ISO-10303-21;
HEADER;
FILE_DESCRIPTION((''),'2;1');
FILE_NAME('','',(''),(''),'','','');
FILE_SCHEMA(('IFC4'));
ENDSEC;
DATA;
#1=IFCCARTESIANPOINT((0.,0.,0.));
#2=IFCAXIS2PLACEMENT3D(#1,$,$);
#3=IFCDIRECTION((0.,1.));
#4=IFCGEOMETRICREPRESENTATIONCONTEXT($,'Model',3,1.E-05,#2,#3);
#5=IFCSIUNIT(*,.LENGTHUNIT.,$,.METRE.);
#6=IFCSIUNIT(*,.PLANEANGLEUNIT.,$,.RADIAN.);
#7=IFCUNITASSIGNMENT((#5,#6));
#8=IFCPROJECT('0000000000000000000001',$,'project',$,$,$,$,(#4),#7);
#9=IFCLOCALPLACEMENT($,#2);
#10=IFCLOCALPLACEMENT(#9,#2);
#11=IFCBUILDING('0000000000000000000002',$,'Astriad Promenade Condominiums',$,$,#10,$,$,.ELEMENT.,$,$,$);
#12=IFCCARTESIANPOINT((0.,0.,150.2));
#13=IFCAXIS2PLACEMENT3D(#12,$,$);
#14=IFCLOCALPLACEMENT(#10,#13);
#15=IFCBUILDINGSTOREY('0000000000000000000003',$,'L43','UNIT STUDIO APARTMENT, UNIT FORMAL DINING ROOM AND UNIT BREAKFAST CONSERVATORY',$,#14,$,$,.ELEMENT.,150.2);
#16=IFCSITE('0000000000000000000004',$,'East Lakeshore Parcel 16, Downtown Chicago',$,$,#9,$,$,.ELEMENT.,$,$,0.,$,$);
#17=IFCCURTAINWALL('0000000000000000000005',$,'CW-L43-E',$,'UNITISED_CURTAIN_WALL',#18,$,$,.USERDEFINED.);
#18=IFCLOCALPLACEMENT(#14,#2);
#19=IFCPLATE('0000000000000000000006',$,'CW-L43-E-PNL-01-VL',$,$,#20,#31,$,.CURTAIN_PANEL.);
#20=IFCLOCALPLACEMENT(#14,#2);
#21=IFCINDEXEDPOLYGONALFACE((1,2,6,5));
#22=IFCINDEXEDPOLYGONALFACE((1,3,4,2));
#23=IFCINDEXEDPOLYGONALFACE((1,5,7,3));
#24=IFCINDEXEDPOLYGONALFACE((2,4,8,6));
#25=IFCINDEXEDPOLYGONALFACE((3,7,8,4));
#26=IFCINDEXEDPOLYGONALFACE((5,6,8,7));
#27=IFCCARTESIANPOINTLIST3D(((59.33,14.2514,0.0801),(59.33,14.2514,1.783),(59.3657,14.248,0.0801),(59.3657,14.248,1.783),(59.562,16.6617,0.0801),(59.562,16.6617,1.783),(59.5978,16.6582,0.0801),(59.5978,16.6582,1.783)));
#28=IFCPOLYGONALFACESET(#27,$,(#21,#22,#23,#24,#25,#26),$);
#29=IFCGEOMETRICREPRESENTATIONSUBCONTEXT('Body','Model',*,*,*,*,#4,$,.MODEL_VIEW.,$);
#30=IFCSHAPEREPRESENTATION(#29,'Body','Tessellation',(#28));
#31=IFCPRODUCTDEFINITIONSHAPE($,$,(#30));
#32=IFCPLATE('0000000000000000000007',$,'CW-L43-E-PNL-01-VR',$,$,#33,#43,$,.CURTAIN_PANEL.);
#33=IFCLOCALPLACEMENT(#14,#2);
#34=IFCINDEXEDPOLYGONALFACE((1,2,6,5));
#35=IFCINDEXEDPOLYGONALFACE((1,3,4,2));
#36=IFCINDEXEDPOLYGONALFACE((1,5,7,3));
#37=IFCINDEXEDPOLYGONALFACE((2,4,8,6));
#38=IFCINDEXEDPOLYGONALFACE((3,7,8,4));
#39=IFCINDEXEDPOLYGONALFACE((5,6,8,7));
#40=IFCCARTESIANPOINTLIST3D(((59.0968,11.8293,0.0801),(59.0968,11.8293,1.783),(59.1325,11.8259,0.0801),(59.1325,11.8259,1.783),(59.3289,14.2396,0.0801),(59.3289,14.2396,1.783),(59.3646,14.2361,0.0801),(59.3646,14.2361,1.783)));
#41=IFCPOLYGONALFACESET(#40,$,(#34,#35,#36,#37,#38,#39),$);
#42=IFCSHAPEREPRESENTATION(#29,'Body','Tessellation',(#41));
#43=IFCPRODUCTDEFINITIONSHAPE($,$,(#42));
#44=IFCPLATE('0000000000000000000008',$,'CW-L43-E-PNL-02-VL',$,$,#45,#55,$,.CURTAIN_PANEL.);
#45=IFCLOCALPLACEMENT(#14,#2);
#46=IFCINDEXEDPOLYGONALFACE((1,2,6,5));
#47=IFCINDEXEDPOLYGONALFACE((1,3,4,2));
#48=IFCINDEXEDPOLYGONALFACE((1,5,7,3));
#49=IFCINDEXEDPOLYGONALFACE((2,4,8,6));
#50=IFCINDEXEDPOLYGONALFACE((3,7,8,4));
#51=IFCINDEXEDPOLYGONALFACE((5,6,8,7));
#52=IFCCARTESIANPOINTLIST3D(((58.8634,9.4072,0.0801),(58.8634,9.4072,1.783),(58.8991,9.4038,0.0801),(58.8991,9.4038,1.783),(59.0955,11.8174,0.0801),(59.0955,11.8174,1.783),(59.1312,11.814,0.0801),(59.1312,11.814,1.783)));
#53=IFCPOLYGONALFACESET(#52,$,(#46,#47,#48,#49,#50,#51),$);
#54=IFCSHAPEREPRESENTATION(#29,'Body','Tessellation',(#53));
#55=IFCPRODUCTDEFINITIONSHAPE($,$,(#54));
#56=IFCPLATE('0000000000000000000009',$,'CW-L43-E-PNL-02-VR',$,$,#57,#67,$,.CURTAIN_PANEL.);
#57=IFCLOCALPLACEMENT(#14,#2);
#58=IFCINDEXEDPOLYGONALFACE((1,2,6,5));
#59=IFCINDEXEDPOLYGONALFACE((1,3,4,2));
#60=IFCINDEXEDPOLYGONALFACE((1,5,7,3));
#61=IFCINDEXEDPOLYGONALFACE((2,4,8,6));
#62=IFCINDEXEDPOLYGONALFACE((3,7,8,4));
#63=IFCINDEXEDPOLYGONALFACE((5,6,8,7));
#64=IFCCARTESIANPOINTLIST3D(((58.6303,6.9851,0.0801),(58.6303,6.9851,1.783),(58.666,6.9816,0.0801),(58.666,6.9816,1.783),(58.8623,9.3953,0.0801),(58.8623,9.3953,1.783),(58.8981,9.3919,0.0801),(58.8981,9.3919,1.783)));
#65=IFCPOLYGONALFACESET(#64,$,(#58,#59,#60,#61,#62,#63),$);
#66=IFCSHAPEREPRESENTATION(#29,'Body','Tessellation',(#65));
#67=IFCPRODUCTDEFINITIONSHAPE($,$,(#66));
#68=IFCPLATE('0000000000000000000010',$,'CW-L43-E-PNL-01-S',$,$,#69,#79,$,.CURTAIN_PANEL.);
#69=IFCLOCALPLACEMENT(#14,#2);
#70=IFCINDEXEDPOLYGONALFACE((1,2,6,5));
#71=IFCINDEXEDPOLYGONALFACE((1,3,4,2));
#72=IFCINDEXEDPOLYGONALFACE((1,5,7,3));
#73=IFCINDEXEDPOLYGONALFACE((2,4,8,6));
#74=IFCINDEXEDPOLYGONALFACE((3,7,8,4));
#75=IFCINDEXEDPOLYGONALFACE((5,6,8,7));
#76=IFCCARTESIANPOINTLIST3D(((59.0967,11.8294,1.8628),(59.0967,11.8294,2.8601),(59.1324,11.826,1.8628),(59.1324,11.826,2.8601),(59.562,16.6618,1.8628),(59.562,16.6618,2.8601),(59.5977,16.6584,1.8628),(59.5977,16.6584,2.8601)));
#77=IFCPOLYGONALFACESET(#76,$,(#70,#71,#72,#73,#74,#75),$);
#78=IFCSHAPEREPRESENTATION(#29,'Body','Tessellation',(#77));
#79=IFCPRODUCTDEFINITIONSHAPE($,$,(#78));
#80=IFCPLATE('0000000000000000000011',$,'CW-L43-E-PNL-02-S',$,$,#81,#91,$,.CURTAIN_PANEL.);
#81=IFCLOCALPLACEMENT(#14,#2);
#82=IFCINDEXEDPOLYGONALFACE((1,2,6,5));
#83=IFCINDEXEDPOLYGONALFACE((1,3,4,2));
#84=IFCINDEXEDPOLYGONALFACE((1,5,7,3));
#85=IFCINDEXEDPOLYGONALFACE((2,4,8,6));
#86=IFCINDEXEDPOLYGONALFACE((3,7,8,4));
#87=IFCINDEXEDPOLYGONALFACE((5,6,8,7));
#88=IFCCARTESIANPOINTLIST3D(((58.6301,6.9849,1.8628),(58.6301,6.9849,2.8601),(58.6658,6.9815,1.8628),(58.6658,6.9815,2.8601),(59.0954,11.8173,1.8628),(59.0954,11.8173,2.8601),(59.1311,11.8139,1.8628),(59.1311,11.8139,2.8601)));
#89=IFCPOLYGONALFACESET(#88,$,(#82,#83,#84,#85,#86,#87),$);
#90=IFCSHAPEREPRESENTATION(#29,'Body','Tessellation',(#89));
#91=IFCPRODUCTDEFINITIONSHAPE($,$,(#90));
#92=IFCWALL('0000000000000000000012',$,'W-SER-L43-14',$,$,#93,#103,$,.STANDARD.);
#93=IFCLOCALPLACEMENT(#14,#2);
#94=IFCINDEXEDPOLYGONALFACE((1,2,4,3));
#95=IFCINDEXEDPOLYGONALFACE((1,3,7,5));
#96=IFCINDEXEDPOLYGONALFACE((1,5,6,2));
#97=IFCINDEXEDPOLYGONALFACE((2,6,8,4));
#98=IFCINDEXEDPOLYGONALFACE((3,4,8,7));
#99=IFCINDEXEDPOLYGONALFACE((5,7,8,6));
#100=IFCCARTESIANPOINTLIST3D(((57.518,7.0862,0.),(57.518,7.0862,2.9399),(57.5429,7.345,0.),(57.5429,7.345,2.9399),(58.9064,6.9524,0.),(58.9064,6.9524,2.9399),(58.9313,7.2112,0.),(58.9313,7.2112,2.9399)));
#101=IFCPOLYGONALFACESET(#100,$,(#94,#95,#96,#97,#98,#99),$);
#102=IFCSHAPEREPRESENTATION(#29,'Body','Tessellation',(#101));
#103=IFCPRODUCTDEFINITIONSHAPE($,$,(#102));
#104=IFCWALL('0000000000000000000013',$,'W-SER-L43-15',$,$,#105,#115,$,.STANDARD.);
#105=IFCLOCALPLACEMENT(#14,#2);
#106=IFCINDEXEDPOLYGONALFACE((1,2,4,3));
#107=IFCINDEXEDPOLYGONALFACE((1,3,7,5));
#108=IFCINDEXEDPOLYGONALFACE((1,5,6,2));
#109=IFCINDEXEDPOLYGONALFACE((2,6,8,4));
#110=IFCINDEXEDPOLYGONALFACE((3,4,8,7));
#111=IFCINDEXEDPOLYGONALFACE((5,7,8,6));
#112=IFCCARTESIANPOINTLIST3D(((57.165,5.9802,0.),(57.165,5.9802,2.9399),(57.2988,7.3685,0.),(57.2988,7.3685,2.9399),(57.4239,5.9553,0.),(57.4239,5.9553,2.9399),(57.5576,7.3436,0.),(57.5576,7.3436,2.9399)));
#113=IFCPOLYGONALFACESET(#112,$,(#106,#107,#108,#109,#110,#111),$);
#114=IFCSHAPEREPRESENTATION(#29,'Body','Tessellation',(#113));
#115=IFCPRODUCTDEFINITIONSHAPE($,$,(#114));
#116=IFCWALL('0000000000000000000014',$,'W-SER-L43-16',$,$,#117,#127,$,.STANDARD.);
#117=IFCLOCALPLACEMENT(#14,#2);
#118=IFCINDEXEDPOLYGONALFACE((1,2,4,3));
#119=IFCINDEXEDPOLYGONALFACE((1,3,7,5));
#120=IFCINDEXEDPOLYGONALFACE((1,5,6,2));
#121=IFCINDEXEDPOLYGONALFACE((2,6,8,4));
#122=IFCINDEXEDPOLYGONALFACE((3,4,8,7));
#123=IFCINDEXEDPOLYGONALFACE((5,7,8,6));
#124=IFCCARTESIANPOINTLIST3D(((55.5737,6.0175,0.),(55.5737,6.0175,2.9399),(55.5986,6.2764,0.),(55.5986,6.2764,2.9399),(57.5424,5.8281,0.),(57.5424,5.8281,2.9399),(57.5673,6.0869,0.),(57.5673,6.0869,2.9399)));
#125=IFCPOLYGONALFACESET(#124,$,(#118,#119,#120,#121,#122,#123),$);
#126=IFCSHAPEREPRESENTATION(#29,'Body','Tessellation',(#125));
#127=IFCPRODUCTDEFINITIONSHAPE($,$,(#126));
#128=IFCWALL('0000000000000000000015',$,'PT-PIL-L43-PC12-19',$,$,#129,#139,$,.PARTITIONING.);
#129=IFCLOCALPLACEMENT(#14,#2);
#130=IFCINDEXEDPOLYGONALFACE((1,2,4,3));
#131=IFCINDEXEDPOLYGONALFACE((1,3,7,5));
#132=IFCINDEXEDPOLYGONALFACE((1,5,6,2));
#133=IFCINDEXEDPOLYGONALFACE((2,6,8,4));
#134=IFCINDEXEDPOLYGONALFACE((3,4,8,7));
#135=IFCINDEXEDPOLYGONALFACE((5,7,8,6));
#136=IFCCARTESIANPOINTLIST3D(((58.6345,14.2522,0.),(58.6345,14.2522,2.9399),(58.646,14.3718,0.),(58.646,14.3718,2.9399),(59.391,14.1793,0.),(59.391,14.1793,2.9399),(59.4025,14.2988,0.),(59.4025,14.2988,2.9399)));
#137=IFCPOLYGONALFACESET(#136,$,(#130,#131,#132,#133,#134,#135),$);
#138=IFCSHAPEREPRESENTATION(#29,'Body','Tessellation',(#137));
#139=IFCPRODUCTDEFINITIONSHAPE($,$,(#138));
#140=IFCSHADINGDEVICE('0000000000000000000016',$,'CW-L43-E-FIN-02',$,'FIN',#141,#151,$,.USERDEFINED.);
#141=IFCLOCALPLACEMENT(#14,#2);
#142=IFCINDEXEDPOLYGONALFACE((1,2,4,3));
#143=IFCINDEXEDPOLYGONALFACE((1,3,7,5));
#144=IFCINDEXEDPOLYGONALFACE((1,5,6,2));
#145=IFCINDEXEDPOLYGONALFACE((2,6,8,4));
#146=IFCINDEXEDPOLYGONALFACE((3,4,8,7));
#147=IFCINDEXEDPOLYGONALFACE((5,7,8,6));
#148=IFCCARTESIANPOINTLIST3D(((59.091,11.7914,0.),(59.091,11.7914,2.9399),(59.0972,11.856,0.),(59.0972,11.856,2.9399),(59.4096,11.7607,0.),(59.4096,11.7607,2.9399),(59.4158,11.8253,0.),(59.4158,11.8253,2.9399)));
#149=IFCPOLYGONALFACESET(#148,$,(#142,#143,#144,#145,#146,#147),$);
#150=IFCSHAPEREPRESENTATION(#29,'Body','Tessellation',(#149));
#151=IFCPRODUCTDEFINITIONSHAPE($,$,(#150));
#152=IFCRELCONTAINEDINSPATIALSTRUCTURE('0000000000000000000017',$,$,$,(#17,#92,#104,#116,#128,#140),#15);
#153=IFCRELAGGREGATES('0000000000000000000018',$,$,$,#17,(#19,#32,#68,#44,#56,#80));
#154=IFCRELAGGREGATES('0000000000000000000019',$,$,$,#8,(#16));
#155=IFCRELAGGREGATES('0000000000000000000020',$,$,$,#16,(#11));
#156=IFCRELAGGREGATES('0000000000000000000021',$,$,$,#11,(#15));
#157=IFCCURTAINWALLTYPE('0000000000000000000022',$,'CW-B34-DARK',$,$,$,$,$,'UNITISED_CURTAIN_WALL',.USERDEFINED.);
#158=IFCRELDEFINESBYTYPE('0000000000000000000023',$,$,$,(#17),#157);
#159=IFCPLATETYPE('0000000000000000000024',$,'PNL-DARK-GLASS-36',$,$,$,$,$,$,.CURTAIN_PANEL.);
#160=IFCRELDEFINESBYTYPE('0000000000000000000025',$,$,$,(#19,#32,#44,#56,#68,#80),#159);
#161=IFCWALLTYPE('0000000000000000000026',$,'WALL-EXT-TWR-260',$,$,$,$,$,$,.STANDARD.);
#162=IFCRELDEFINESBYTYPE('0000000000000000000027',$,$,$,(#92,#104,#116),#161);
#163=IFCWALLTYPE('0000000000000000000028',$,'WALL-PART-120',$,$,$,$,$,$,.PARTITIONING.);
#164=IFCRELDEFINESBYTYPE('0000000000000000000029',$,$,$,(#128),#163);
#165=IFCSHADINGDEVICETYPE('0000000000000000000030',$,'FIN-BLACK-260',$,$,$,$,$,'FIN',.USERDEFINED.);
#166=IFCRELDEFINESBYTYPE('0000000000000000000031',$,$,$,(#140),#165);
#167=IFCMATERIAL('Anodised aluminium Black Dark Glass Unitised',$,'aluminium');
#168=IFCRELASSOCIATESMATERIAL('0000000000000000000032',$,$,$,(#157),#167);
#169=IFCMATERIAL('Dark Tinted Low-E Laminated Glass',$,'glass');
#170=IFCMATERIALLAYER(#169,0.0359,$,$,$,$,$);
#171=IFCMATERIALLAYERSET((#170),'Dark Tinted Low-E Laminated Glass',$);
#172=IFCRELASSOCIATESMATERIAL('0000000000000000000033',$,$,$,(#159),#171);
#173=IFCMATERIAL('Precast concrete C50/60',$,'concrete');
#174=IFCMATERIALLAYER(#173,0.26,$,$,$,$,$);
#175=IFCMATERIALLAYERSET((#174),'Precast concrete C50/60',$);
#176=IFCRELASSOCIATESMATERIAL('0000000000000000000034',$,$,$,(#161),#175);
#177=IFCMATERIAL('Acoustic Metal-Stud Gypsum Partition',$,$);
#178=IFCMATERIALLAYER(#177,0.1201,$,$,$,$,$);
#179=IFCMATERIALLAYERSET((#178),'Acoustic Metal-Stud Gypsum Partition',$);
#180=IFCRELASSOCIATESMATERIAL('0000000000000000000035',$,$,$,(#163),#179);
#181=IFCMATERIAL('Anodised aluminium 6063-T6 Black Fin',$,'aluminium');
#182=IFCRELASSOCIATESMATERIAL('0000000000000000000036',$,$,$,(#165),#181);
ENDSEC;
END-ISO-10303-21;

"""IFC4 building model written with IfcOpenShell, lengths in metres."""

from ifc_helpers import new_model, si_unit, direction, frame, frame_2d, origin, origin_2d, place, context, subcontext, project, spatial, rectangle, extrude, source, transform, mapped, material, layer, layer_set, type_object, type_shapes, element, aggregate, save


model = new_model("IFC4")

# Units and contexts
model_context = context("Model", 3, precision=1e-05, world=origin(), true_north=direction((0.0, 1.0)))
body_context = subcontext(model_context, "Body", "Model", "MODEL_VIEW")
ifc_project = project(units=[si_unit("LENGTHUNIT", "METRE"), si_unit("PLANEANGLEUNIT", "RADIAN")], contexts=[model_context])

# Site, building, storey
site_placement = place(None, origin())
site = spatial("IfcSite", under=ifc_project, at=site_placement, Name="East Lakeshore Parcel 16, Downtown Chicago", CompositionType="ELEMENT", RefElevation=0.0)
building_placement = place(site_placement, origin())
building = spatial("IfcBuilding", under=site, at=building_placement, Name="Astriad Promenade Condominiums", CompositionType="ELEMENT")
storey_placement = place(building_placement, frame((0.0, 0.0, 150.2)))
storey = spatial("IfcBuildingStorey", under=building, at=storey_placement, Name="L43", Description="UNIT STUDIO APARTMENT, UNIT FORMAL DINING ROOM AND UNIT BREAKFAST CONSERVATORY", CompositionType="ELEMENT", Elevation=150.2)

# Curtain wall, plates
ifc_material_1 = material(Name="Anodised aluminium Black Dark Glass Unitised", Category="aluminium")
curtain_wall_type = type_object("IfcCurtainWallType", Name="CW-B34-DARK", ElementType="UNITISED_CURTAIN_WALL", PredefinedType="USERDEFINED", material=ifc_material_1)
curtain_wall_placement = place(storey_placement, origin())
curtain_wall = element("IfcCurtainWall", 1, at=curtain_wall_placement, inside=storey, type_object=curtain_wall_type, Name="CW-L43-E", ObjectType="UNITISED_CURTAIN_WALL", PredefinedType="USERDEFINED")
ifc_material_2 = material(Name="Dark Tinted Low-E Laminated Glass", Category="glass")
ifc_layer_1 = layer(ifc_material_2, 0.0359)
ifc_layer_set_1 = layer_set([ifc_layer_1], Name="Dark Tinted Low-E Laminated Glass")
plate_type = type_object("IfcPlateType", Name="PNL-DARK-GLASS-36", PredefinedType="CURTAIN_PANEL", material=ifc_layer_set_1)
shared_shape_1 = source(origin(), body_context, "Body", "SweptSolid", [
    extrude(rectangle(XDim=2.4214, YDim=0.0359, at=origin_2d()), origin(), (0.0, 0.0, 1.0), 1.7029),
])
plate_1_placement = place(storey_placement, frame((59.4639, 15.4548, 0.0801), z_axis=(0.0, 0.0, 1.0), x_axis=(-0.095846, -0.995396, 0.0)))
plate_1 = element("IfcPlate", 2, at=plate_1_placement, type_object=plate_type, Name="CW-L43-E-PNL-01-VL", PredefinedType="CURTAIN_PANEL", context=body_context, shape_type="MappedRepresentation", body=[
    mapped(shared_shape_1, transform((0.0, 0.0, 0.0), scale=1.0)),
])
plate_2_placement = place(storey_placement, frame((59.2307, 13.0327, 0.0801), z_axis=(0.0, 0.0, 1.0), x_axis=(-0.095846, -0.995396, 0.0)))
plate_2 = element("IfcPlate", 3, at=plate_2_placement, type_object=plate_type, Name="CW-L43-E-PNL-01-VR", PredefinedType="CURTAIN_PANEL", context=body_context, shape_type="MappedRepresentation", body=[
    mapped(shared_shape_1, transform((0.0, 0.0, 0.0), scale=1.0)),
])
plate_3_placement = place(storey_placement, frame((58.9973, 10.6106, 0.0801), z_axis=(0.0, 0.0, 1.0), x_axis=(-0.095846, -0.995396, 0.0)))
plate_3 = element("IfcPlate", 4, at=plate_3_placement, type_object=plate_type, Name="CW-L43-E-PNL-02-VL", PredefinedType="CURTAIN_PANEL", context=body_context, shape_type="MappedRepresentation", body=[
    mapped(shared_shape_1, transform((0.0, 0.0, 0.0), scale=1.0)),
])
plate_4_placement = place(storey_placement, frame((58.7642, 8.1885, 0.0801), z_axis=(0.0, 0.0, 1.0), x_axis=(-0.095846, -0.995396, 0.0)))
plate_4 = element("IfcPlate", 5, at=plate_4_placement, type_object=plate_type, Name="CW-L43-E-PNL-02-VR", PredefinedType="CURTAIN_PANEL", context=body_context, shape_type="MappedRepresentation", body=[
    mapped(shared_shape_1, transform((0.0, 0.0, 0.0), scale=1.0)),
])
shared_shape_2 = source(origin(), body_context, "Body", "SweptSolid", [
    extrude(rectangle(XDim=4.8547, YDim=0.0359, at=origin_2d()), origin(), (0.0, 0.0, 1.0), 0.9973),
])
type_shapes(plate_type, [shared_shape_1, shared_shape_2])
plate_5_placement = place(storey_placement, frame((59.3472, 14.2439, 1.8628), z_axis=(0.0, 0.0, 1.0), x_axis=(-0.095846, -0.995396, 0.0)))
plate_5 = element("IfcPlate", 6, at=plate_5_placement, type_object=plate_type, Name="CW-L43-E-PNL-01-S", PredefinedType="CURTAIN_PANEL", context=body_context, shape_type="MappedRepresentation", body=[
    mapped(shared_shape_2, transform((0.0, 0.0, 0.0), scale=1.0)),
])
plate_6_placement = place(storey_placement, frame((58.8806, 9.3994, 1.8628), z_axis=(0.0, 0.0, 1.0), x_axis=(-0.095846, -0.995396, 0.0)))
plate_6 = element("IfcPlate", 7, at=plate_6_placement, type_object=plate_type, Name="CW-L43-E-PNL-02-S", PredefinedType="CURTAIN_PANEL", context=body_context, shape_type="MappedRepresentation", body=[
    mapped(shared_shape_2, transform((0.0, 0.0, 0.0), scale=1.0)),
])
aggregate(curtain_wall, [plate_1, plate_2, plate_5, plate_3, plate_4, plate_6])

# Walls
ifc_material_3 = material(Name="Precast concrete C50/60", Category="concrete")
ifc_layer_2 = layer(ifc_material_3, 0.26)
ifc_layer_set_2 = layer_set([ifc_layer_2], Name="Precast concrete C50/60")
wall_type_1 = type_object("IfcWallType", Name="WALL-EXT-TWR-260", PredefinedType="STANDARD", material=ifc_layer_set_2)
for number, where, z_axis, x_axis, name in (
    (8, (58.9187, 7.0818, 0.0), (0.0, 0.0, 1.0), (-0.995389, 0.095916, 0.0), "W-SER-L43-14"),
    (9, (57.4282, 7.356, 0.0), (0.0, 0.0, 1.0), (-0.095916, -0.995389, 0.0), "W-SER-L43-15"),
):
    element("IfcWall", number, at=place(storey_placement, frame(where, z_axis=z_axis, x_axis=x_axis)), inside=storey, type_object=wall_type_1, Name=name, PredefinedType="STANDARD", context=body_context, shape_type="SweptSolid", body=[
        extrude(rectangle(XDim=1.3948, YDim=0.26, at=frame_2d((0.6973, 0.0))), origin(), (0.0, 0.0, 1.0), 2.9399),
    ])
wall_1_placement = place(storey_placement, frame((57.5547, 5.9575, 0.0), z_axis=(0.0, 0.0, 1.0), x_axis=(-0.995402, 0.095788, 0.0)))
element("IfcWall", 10, at=wall_1_placement, inside=storey, type_object=wall_type_1, Name="W-SER-L43-16", PredefinedType="STANDARD", context=body_context, shape_type="SweptSolid", body=[
    extrude(rectangle(XDim=1.9778, YDim=0.26, at=frame_2d((0.9888, 0.0))), origin(), (0.0, 0.0, 1.0), 2.9399),
])
ifc_material_4 = material(Name="Acoustic Metal-Stud Gypsum Partition")
ifc_layer_3 = layer(ifc_material_4, 0.1201)
ifc_layer_set_3 = layer_set([ifc_layer_3], Name="Acoustic Metal-Stud Gypsum Partition")
wall_type_2 = type_object("IfcWallType", Name="WALL-PART-120", PredefinedType="PARTITIONING", material=ifc_layer_set_3)
wall_2_placement = place(storey_placement, frame((58.6404, 14.312, 0.0), z_axis=(0.0, 0.0, 1.0), x_axis=(0.995378, -0.096037, 0.0)))
element("IfcWall", 11, at=wall_2_placement, inside=storey, type_object=wall_type_2, Name="PT-PIL-L43-PC12-19", PredefinedType="PARTITIONING", context=body_context, shape_type="SweptSolid", body=[
    extrude(rectangle(XDim=0.76, YDim=0.1201, at=frame_2d((0.3799, 0.0))), origin(), (0.0, 0.0, 1.0), 2.9399),
])

# Shading device
ifc_material_5 = material(Name="Anodised aluminium 6063-T6 Black Fin", Category="aluminium")
shading_device_type = type_object("IfcShadingDeviceType", Name="FIN-BLACK-260", ElementType="FIN", PredefinedType="USERDEFINED", material=ifc_material_5)
shared_shape_3 = source(origin(), body_context, "Body", "SweptSolid", [
    extrude(rectangle(XDim=0.0649, YDim=0.3201, at=origin_2d()), origin(), (0.0, 0.0, 1.0), 2.9399),
])
type_shapes(shading_device_type, [shared_shape_3])
shading_device_placement = place(storey_placement, frame((59.2534, 11.8083, 0.0), z_axis=(0.0, 0.0, 1.0), x_axis=(-0.095846, -0.995396, 0.0)))
element("IfcShadingDevice", 12, at=shading_device_placement, inside=storey, type_object=shading_device_type, Name="CW-L43-E-FIN-02", ObjectType="FIN", PredefinedType="USERDEFINED", context=body_context, shape_type="MappedRepresentation", body=[
    mapped(shared_shape_3, transform((0.0, 0.0, 0.0), scale=1.0)),
])

save(model, "model.ifc")
